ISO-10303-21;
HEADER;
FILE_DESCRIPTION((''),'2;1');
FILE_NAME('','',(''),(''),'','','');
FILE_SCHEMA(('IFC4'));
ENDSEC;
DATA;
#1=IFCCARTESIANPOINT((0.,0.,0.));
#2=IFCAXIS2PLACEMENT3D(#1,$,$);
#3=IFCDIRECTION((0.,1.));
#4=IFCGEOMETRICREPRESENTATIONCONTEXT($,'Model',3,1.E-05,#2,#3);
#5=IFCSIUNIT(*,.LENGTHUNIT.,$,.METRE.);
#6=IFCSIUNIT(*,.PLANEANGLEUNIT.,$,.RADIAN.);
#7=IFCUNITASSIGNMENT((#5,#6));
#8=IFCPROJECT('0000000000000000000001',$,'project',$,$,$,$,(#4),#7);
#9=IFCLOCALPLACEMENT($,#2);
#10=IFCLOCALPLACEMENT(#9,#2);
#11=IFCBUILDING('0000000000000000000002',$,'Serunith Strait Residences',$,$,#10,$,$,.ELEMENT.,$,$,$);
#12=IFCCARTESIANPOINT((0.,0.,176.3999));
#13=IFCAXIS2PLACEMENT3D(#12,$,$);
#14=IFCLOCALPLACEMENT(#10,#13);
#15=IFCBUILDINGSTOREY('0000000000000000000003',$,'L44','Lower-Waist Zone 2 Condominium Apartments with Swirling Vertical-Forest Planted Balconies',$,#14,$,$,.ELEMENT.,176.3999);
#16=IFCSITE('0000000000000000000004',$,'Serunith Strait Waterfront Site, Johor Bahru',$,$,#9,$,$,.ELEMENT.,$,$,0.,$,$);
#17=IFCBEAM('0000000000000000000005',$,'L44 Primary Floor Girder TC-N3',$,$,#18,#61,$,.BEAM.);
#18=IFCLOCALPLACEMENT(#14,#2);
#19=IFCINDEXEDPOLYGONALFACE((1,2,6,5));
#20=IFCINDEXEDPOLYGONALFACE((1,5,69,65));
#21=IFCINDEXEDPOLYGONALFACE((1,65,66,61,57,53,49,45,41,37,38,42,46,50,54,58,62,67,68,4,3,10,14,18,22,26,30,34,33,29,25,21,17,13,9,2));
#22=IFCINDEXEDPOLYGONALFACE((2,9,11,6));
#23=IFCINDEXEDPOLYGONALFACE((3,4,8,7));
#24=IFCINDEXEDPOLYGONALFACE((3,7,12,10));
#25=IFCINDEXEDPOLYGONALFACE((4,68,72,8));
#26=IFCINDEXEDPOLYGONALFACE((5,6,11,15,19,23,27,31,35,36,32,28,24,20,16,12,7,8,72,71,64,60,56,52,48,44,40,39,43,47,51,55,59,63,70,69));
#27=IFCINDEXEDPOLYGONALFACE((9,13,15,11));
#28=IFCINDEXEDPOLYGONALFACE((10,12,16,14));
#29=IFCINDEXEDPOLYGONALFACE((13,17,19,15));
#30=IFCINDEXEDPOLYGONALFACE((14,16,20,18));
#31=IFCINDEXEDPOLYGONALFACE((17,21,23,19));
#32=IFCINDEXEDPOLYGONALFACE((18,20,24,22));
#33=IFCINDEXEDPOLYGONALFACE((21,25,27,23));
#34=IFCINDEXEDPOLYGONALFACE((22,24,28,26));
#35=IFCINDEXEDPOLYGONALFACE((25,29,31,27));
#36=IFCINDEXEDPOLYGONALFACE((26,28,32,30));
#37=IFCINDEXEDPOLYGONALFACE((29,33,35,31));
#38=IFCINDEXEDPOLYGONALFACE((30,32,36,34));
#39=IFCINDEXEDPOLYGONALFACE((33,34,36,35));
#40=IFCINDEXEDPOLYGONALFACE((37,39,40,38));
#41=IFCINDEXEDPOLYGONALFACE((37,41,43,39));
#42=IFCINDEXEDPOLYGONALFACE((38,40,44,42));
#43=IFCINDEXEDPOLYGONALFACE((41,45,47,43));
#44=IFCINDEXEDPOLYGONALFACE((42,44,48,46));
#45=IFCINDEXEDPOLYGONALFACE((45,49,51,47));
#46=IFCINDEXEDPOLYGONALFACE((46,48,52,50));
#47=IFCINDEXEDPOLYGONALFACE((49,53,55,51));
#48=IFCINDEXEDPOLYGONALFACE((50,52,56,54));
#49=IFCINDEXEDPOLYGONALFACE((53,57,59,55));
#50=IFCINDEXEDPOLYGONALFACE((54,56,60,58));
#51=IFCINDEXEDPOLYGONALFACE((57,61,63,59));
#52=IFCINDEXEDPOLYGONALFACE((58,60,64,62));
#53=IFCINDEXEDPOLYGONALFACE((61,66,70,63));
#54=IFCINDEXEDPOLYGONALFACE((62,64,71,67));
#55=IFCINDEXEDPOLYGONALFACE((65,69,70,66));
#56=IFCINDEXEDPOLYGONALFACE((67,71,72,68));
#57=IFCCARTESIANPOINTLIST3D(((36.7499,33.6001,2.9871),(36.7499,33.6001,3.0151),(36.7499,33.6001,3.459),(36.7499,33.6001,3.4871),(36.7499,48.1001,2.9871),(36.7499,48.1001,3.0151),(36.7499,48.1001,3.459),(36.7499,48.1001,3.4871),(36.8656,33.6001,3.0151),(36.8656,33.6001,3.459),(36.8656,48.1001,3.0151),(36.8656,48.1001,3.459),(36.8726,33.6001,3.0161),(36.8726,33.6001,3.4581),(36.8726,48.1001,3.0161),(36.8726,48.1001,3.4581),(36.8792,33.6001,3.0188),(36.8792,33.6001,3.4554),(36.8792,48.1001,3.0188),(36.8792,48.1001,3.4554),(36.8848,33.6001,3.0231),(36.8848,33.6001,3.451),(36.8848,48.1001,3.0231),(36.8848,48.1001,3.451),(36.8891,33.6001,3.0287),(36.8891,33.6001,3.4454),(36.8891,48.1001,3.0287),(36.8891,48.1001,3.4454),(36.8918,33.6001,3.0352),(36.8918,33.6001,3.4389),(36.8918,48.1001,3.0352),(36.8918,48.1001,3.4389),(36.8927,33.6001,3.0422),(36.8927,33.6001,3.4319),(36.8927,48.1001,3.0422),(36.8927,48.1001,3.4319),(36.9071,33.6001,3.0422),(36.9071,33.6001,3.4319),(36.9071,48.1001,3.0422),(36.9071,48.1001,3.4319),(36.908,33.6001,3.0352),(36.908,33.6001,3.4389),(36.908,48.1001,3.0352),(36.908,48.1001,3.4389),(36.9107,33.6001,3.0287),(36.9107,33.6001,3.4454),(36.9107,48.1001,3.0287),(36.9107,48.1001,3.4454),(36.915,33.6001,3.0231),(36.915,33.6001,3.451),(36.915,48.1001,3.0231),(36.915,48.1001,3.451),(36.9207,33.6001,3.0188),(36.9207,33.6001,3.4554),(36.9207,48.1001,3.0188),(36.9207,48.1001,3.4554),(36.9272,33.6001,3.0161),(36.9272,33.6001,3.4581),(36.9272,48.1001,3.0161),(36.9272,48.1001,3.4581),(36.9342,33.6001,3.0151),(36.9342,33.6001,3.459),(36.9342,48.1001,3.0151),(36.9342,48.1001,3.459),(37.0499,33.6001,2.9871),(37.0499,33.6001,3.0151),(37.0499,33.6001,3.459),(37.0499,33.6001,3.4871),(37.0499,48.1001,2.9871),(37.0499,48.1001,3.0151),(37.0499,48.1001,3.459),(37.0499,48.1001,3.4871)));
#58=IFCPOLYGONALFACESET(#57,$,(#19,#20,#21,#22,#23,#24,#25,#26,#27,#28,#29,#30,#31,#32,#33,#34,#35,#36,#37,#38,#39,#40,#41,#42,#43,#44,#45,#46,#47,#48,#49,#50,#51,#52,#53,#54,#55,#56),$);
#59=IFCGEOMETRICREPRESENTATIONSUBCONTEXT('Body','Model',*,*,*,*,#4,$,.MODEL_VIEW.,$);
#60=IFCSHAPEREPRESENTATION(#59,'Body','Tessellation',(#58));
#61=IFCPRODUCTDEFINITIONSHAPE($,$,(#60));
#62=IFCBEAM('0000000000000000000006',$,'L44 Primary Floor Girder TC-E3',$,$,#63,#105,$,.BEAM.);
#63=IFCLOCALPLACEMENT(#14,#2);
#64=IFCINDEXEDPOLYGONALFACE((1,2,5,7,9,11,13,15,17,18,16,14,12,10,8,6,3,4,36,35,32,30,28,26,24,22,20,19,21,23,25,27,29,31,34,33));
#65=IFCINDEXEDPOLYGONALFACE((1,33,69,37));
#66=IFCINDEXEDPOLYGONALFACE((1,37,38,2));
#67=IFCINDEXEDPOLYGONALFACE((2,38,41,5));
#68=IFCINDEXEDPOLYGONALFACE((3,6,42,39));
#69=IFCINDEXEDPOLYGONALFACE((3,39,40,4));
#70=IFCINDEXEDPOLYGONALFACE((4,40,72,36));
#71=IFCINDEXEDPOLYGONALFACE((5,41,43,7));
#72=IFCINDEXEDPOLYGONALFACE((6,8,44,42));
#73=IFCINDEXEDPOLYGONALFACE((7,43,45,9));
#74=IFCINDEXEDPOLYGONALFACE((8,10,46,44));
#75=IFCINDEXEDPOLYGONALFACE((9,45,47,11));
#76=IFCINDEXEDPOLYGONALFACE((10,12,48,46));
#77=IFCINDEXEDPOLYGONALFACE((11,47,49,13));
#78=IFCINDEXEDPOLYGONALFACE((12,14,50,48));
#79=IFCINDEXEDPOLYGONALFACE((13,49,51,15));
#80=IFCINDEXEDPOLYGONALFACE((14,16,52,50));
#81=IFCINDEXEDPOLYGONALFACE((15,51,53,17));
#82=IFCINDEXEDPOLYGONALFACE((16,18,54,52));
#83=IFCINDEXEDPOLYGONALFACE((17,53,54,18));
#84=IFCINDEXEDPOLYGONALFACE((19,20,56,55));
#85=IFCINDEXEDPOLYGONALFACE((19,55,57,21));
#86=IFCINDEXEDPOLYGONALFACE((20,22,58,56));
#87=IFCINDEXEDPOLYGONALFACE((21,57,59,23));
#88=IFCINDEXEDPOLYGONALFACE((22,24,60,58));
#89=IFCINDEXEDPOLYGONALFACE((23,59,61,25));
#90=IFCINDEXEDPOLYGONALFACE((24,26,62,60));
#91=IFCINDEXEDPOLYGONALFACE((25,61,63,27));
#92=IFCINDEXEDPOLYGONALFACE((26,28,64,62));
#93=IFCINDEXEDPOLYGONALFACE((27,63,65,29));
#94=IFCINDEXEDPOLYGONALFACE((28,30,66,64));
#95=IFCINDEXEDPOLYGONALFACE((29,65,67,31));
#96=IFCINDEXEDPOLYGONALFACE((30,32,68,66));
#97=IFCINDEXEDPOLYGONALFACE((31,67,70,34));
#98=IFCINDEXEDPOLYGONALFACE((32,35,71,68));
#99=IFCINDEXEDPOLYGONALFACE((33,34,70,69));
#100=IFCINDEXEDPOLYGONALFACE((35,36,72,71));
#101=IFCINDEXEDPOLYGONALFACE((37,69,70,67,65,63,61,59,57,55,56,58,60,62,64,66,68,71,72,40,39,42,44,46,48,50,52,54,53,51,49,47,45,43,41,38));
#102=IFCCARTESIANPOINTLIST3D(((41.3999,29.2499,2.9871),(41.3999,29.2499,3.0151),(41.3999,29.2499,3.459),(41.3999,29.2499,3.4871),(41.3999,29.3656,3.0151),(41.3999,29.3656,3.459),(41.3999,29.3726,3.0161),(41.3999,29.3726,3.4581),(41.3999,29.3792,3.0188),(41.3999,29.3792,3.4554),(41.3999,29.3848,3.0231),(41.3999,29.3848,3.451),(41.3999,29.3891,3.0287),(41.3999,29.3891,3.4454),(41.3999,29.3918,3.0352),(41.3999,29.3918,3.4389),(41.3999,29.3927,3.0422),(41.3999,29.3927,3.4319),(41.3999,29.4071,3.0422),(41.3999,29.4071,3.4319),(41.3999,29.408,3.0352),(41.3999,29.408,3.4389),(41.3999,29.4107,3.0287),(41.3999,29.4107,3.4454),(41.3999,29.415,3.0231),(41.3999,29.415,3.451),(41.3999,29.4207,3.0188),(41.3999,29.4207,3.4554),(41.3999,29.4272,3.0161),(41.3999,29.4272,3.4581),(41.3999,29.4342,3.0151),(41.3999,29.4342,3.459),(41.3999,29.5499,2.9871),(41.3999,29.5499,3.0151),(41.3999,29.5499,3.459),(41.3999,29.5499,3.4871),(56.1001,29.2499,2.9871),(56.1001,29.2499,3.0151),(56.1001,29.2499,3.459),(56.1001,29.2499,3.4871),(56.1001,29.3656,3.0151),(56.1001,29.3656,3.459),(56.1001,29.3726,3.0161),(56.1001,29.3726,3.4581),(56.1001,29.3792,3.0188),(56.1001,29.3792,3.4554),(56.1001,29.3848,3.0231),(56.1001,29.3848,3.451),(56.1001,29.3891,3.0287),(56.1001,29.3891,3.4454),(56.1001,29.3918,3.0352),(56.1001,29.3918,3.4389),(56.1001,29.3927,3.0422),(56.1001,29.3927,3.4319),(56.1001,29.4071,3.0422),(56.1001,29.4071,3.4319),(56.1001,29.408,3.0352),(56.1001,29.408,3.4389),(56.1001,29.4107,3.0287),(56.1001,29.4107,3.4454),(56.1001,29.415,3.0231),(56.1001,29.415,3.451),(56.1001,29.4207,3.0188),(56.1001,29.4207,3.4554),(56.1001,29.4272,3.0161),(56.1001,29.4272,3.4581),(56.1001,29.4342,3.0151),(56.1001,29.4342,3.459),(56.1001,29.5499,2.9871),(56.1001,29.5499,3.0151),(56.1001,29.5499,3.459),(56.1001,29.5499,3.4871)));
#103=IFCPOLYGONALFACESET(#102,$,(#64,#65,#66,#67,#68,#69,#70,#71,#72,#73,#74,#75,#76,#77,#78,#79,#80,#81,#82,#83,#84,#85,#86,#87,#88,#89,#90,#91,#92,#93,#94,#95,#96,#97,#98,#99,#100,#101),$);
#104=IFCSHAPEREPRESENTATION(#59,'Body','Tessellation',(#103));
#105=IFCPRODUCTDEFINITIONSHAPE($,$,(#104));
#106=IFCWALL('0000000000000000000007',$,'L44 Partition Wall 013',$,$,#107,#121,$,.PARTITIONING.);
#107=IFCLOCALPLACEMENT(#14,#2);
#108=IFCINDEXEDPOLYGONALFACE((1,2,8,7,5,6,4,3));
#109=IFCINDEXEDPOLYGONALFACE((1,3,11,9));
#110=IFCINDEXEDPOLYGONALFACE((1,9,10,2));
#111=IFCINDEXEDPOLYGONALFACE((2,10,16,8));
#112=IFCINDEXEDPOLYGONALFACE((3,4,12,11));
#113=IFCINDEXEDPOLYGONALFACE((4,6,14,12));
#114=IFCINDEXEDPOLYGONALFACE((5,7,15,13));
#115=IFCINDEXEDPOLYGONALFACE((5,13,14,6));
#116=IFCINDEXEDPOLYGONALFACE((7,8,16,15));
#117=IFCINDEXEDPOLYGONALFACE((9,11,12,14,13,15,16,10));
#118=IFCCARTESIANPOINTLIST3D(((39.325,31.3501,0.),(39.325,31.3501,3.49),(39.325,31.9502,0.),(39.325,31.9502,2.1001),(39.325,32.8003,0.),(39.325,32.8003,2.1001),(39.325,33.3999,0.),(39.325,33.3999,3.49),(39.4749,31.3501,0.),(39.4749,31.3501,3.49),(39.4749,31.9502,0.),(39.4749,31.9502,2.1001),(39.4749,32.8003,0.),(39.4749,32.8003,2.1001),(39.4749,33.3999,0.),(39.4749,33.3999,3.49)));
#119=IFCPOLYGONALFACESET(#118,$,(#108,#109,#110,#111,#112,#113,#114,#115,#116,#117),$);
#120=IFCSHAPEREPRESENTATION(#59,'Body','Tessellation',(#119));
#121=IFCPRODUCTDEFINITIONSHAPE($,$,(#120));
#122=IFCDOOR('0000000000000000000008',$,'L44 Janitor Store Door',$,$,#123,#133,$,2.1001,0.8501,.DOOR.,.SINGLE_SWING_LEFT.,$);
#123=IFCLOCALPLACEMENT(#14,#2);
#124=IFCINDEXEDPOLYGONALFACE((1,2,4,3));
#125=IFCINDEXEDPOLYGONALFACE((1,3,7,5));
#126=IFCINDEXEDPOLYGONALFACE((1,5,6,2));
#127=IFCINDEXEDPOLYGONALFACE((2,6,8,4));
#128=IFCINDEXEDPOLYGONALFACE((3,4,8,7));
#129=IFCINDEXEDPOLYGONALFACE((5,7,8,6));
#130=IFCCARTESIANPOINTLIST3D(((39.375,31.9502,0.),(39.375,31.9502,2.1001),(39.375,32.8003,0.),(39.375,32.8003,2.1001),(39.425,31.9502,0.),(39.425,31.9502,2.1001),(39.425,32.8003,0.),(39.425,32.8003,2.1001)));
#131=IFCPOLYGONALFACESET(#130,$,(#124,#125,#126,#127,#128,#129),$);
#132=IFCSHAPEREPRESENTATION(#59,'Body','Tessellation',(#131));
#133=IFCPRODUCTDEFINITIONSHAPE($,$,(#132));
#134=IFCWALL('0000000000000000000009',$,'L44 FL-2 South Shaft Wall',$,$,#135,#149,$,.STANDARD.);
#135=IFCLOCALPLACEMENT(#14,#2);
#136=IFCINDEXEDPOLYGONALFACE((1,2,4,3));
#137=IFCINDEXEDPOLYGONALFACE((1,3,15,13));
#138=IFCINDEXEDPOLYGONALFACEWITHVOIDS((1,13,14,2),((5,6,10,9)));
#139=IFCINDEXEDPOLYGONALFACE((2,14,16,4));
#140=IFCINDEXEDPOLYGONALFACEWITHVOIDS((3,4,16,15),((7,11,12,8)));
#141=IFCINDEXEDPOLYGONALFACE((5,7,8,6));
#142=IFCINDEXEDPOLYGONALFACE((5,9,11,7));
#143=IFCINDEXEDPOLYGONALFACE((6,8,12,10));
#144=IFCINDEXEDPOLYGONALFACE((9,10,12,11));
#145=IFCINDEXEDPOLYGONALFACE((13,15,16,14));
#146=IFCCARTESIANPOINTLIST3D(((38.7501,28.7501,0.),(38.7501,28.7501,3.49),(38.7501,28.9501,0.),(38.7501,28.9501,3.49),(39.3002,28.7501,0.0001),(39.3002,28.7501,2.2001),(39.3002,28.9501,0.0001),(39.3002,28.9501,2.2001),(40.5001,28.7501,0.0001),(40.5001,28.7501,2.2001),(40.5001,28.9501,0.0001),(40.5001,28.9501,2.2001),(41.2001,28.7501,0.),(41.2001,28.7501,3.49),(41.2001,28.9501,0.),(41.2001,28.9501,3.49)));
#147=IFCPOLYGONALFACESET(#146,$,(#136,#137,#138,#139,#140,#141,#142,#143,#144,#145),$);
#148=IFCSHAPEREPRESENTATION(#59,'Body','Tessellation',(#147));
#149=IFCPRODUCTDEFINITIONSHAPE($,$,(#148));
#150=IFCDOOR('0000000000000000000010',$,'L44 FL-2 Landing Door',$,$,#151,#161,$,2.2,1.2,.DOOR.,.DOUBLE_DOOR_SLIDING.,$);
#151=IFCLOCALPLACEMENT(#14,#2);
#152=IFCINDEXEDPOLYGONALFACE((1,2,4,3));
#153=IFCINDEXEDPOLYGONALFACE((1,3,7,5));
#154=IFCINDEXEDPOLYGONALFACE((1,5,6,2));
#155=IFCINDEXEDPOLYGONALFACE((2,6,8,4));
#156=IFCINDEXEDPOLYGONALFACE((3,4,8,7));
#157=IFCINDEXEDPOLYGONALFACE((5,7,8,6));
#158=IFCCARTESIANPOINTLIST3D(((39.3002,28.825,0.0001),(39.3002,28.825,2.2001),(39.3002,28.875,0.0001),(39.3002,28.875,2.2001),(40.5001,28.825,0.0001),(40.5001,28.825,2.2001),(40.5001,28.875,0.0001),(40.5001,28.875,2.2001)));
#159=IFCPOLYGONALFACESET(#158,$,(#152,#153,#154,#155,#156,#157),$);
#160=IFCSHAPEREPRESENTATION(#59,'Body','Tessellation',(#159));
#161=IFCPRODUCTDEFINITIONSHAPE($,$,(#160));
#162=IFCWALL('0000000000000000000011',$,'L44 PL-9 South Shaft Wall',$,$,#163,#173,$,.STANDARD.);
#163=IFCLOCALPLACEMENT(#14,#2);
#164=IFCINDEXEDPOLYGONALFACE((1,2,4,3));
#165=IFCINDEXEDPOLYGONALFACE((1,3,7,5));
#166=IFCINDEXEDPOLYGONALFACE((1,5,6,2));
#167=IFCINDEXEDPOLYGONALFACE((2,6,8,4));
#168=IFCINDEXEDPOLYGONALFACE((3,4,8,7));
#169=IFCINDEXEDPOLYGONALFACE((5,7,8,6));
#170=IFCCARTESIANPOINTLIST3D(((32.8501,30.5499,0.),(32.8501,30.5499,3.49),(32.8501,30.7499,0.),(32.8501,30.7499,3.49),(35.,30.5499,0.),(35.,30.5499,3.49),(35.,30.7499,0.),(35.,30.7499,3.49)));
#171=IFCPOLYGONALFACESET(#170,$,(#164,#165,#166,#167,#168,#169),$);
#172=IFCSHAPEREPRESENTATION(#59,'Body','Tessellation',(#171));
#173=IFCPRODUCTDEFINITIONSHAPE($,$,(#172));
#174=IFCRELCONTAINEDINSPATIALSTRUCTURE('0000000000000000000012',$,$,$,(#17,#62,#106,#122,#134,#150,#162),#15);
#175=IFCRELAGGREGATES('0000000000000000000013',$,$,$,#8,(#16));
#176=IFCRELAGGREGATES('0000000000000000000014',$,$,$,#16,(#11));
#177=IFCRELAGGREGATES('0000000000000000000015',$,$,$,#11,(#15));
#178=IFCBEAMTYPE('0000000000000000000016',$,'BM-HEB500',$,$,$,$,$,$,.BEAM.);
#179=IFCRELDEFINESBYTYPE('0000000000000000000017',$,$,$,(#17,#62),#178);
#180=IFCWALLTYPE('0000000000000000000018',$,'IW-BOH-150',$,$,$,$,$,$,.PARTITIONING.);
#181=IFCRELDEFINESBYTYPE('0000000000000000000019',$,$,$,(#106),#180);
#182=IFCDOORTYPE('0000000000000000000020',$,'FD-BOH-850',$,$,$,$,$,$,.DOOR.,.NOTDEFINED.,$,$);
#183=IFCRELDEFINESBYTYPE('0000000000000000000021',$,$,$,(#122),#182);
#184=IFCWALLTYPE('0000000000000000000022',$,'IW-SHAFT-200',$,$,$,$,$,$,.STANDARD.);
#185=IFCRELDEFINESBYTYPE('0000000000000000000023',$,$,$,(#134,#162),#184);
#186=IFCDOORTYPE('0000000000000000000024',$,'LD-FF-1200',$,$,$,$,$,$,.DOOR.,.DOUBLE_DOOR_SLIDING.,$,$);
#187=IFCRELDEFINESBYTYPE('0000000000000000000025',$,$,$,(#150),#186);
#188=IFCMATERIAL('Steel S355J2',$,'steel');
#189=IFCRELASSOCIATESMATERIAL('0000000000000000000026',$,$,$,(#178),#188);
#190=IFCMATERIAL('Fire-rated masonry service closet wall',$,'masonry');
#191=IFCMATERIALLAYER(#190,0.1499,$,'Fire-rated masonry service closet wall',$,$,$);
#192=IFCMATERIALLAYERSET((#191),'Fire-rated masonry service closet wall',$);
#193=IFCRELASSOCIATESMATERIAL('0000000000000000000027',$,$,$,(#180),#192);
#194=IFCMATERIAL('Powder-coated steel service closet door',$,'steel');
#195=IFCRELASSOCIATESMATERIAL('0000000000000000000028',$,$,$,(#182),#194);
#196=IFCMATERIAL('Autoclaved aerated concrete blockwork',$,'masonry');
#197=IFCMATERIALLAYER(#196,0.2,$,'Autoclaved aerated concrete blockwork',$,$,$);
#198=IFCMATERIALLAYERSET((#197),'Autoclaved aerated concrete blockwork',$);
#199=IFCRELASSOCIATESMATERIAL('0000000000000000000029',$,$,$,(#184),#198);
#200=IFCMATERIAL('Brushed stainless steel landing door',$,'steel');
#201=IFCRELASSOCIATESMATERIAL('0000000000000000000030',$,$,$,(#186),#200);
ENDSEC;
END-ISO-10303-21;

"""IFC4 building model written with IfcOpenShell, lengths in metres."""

from ifc_helpers import new_model, si_unit, direction, frame, frame_2d, origin, origin_2d, place, context, subcontext, project, spatial, rectangle, i_section, extrude, source, transform, mapped, material, layer, layer_set, material_profile, profile_set, type_object, element, fill, save


model = new_model("IFC4")

# Units and contexts
model_context = context("Model", 3, precision=1e-05, world=origin(), true_north=direction((0.0, 1.0)))
body_context = subcontext(model_context, "Body", "Model", "MODEL_VIEW")
ifc_project = project(units=[si_unit("LENGTHUNIT", "METRE"), si_unit("PLANEANGLEUNIT", "RADIAN")], contexts=[model_context])

# Site, building, storey
site_placement = place(None, origin())
site = spatial("IfcSite", under=ifc_project, at=site_placement, Name="Serunith Strait Waterfront Site, Johor Bahru", CompositionType="ELEMENT", RefElevation=0.0)
building_placement = place(site_placement, origin())
building = spatial("IfcBuilding", under=site, at=building_placement, Name="Serunith Strait Residences", CompositionType="ELEMENT")
storey_placement = place(building_placement, frame((0.0, 0.0, 176.3999)))
storey = spatial("IfcBuildingStorey", under=building, at=storey_placement, Name="L44", Description="Lower-Waist Zone 2 Condominium Apartments with Swirling Vertical-Forest Planted Balconies", CompositionType="ELEMENT", Elevation=176.3999)

# Beams
ifc_material_1 = material(Name="Steel S355J2", Category="steel")
ifc_material_profile = material_profile(ifc_material_1, i_section(OverallWidth=0.3, OverallDepth=0.5, WebThickness=0.0144, FlangeThickness=0.0281, FilletRadius=0.0271, at=origin_2d()), Name="HEB 500")
ifc_profile_set = profile_set([ifc_material_profile], Name="Steel S355J2")
beam_type = type_object("IfcBeamType", Name="BM-HEB500", PredefinedType="BEAM", material=ifc_profile_set)
shared_shape_1 = source(origin(), body_context, "Body", "SweptSolid", [
    extrude(i_section(OverallWidth=0.3, OverallDepth=0.5, WebThickness=0.0144, FlangeThickness=0.0281, FilletRadius=0.0271, at=origin_2d()), origin(), (0.0, 0.0, 1.0), 14.5),
])
beam_1_placement = place(storey_placement, frame((36.8999, 33.6001, 3.2371), z_axis=(0.0, 1.0, 0.0), x_axis=(-1.0, 0.0, 0.0)))
element("IfcBeam", 1, at=beam_1_placement, inside=storey, type_object=beam_type, Name="L44 Primary Floor Girder TC-N3", PredefinedType="BEAM", context=body_context, shape_type="MappedRepresentation", body=[
    mapped(shared_shape_1, transform((0.0, 0.0, 0.0), scale=1.0)),
])
shared_shape_2 = source(origin(), body_context, "Body", "SweptSolid", [
    extrude(i_section(OverallWidth=0.3, OverallDepth=0.5, WebThickness=0.0144, FlangeThickness=0.0281, FilletRadius=0.0271, at=origin_2d()), origin(), (0.0, 0.0, 1.0), 14.7002),
])
beam_2_placement = place(storey_placement, frame((41.3999, 29.3999, 3.2371), z_axis=(1.0, 0.0, 0.0), x_axis=(0.0, 1.0, 0.0)))
element("IfcBeam", 2, at=beam_2_placement, inside=storey, type_object=beam_type, Name="L44 Primary Floor Girder TC-E3", PredefinedType="BEAM", context=body_context, shape_type="MappedRepresentation", body=[
    mapped(shared_shape_2, transform((0.0, 0.0, 0.0), scale=1.0)),
])

# Walls, openings, doors
ifc_material_2 = material(Name="Fire-rated masonry service closet wall", Category="masonry")
ifc_layer_1 = layer(ifc_material_2, 0.1499, Name="Fire-rated masonry service closet wall")
ifc_layer_set_1 = layer_set([ifc_layer_1], Name="Fire-rated masonry service closet wall")
wall_type_1 = type_object("IfcWallType", Name="IW-BOH-150", PredefinedType="PARTITIONING", material=ifc_layer_set_1)
wall_1_placement = place(storey_placement, frame((39.3999, 31.3501, 0.0), z_axis=(0.0, 0.0, 1.0), x_axis=(0.0, 1.0, 0.0)))
wall_1 = element("IfcWall", 3, at=wall_1_placement, inside=storey, type_object=wall_type_1, Name="L44 Partition Wall 013", PredefinedType="PARTITIONING", context=body_context, shape_type="SweptSolid", body=[
    extrude(rectangle(XDim=2.0498, YDim=0.1499, at=frame_2d((1.0249, 0.0))), origin(), (0.0, 0.0, 1.0), 3.49),
])
opening_1_placement = place(wall_1_placement, frame((0.6001, 0.0, 0.0)))
opening_1 = element("IfcOpeningElement", 4, at=opening_1_placement, cuts=wall_1, PredefinedType="OPENING", context=body_context, shape_type="SweptSolid", body=[
    extrude(rectangle(XDim=0.8501, YDim=2.1001, at=frame_2d((0.425, 1.05))), frame((0.0, 0.085, 0.0), z_axis=(0.0, -1.0, 0.0), x_axis=(1.0, 0.0, 0.0)), (0.0, 0.0, 1.0), 0.1699),
])
ifc_material_3 = material(Name="Powder-coated steel service closet door", Category="steel")
door_type_1 = type_object("IfcDoorType", Name="FD-BOH-850", OperationType="NOTDEFINED", PredefinedType="DOOR", material=ifc_material_3)
shared_shape_3 = source(origin(), body_context, "Body", "SweptSolid", [
    extrude(rectangle(XDim=0.8501, YDim=2.1001, at=frame_2d((0.425, 1.05))), frame((0.0, 0.0249, 0.0), z_axis=(0.0, -1.0, 0.0), x_axis=(1.0, 0.0, 0.0)), (0.0, 0.0, 1.0), 0.05),
])
door_1_placement = place(opening_1_placement, origin())
door_1 = element("IfcDoor", 5, at=door_1_placement, inside=storey, type_object=door_type_1, Name="L44 Janitor Store Door", OperationType="SINGLE_SWING_LEFT", OverallHeight=2.1001, OverallWidth=0.8501, PredefinedType="DOOR", context=body_context, shape_type="MappedRepresentation", body=[
    mapped(shared_shape_3, transform((0.0, 0.0, 0.0), scale=1.0)),
])
fill(opening_1, door_1)
ifc_material_4 = material(Name="Autoclaved aerated concrete blockwork", Category="masonry")
ifc_layer_2 = layer(ifc_material_4, 0.2, Name="Autoclaved aerated concrete blockwork")
ifc_layer_set_2 = layer_set([ifc_layer_2], Name="Autoclaved aerated concrete blockwork")
wall_type_2 = type_object("IfcWallType", Name="IW-SHAFT-200", PredefinedType="STANDARD", material=ifc_layer_set_2)
wall_2_placement = place(storey_placement, frame((38.75, 28.8501, 0.0), z_axis=(0.0, 0.0, 1.0), x_axis=(1.0, 0.0, 0.0)))
wall_2 = element("IfcWall", 6, at=wall_2_placement, inside=storey, type_object=wall_type_2, Name="L44 FL-2 South Shaft Wall", PredefinedType="STANDARD", context=body_context, shape_type="SweptSolid", body=[
    extrude(rectangle(XDim=2.45, YDim=0.2, at=frame_2d((1.2251, 0.0))), origin(), (0.0, 0.0, 1.0), 3.49),
])
opening_2_placement = place(wall_2_placement, frame((0.55, 0.0, 0.0)))
opening_2 = element("IfcOpeningElement", 7, at=opening_2_placement, cuts=wall_2, PredefinedType="OPENING", context=body_context, shape_type="SweptSolid", body=[
    extrude(rectangle(XDim=1.2, YDim=2.2, at=frame_2d((0.6001, 1.1001))), frame((0.0, 0.1099, 0.0), z_axis=(0.0, -1.0, 0.0), x_axis=(1.0, 0.0, 0.0)), (0.0, 0.0, 1.0), 0.22),
])
ifc_material_5 = material(Name="Brushed stainless steel landing door", Category="steel")
door_type_2 = type_object("IfcDoorType", Name="LD-FF-1200", OperationType="DOUBLE_DOOR_SLIDING", PredefinedType="DOOR", material=ifc_material_5)
shared_shape_4 = source(origin(), body_context, "Body", "SweptSolid", [
    extrude(rectangle(XDim=1.2, YDim=2.2, at=frame_2d((0.6001, 1.1001))), frame((0.0, 0.0249, 0.0), z_axis=(0.0, -1.0, 0.0), x_axis=(1.0, 0.0, 0.0)), (0.0, 0.0, 1.0), 0.05),
])
door_2_placement = place(opening_2_placement, origin())
door_2 = element("IfcDoor", 8, at=door_2_placement, inside=storey, type_object=door_type_2, Name="L44 FL-2 Landing Door", OperationType="DOUBLE_DOOR_SLIDING", OverallHeight=2.2, OverallWidth=1.2, PredefinedType="DOOR", context=body_context, shape_type="MappedRepresentation", body=[
    mapped(shared_shape_4, transform((0.0, 0.0, 0.0), scale=1.0)),
])
fill(opening_2, door_2)

# Wall
wall_3_placement = place(storey_placement, frame((32.8501, 30.6499, 0.0), z_axis=(0.0, 0.0, 1.0), x_axis=(1.0, 0.0, 0.0)))
element("IfcWall", 9, at=wall_3_placement, inside=storey, type_object=wall_type_2, Name="L44 PL-9 South Shaft Wall", PredefinedType="STANDARD", context=body_context, shape_type="SweptSolid", body=[
    extrude(rectangle(XDim=2.1499, YDim=0.2, at=frame_2d((1.075, 0.0))), origin(), (0.0, 0.0, 1.0), 3.49),
])

save(model, "model.ifc")
